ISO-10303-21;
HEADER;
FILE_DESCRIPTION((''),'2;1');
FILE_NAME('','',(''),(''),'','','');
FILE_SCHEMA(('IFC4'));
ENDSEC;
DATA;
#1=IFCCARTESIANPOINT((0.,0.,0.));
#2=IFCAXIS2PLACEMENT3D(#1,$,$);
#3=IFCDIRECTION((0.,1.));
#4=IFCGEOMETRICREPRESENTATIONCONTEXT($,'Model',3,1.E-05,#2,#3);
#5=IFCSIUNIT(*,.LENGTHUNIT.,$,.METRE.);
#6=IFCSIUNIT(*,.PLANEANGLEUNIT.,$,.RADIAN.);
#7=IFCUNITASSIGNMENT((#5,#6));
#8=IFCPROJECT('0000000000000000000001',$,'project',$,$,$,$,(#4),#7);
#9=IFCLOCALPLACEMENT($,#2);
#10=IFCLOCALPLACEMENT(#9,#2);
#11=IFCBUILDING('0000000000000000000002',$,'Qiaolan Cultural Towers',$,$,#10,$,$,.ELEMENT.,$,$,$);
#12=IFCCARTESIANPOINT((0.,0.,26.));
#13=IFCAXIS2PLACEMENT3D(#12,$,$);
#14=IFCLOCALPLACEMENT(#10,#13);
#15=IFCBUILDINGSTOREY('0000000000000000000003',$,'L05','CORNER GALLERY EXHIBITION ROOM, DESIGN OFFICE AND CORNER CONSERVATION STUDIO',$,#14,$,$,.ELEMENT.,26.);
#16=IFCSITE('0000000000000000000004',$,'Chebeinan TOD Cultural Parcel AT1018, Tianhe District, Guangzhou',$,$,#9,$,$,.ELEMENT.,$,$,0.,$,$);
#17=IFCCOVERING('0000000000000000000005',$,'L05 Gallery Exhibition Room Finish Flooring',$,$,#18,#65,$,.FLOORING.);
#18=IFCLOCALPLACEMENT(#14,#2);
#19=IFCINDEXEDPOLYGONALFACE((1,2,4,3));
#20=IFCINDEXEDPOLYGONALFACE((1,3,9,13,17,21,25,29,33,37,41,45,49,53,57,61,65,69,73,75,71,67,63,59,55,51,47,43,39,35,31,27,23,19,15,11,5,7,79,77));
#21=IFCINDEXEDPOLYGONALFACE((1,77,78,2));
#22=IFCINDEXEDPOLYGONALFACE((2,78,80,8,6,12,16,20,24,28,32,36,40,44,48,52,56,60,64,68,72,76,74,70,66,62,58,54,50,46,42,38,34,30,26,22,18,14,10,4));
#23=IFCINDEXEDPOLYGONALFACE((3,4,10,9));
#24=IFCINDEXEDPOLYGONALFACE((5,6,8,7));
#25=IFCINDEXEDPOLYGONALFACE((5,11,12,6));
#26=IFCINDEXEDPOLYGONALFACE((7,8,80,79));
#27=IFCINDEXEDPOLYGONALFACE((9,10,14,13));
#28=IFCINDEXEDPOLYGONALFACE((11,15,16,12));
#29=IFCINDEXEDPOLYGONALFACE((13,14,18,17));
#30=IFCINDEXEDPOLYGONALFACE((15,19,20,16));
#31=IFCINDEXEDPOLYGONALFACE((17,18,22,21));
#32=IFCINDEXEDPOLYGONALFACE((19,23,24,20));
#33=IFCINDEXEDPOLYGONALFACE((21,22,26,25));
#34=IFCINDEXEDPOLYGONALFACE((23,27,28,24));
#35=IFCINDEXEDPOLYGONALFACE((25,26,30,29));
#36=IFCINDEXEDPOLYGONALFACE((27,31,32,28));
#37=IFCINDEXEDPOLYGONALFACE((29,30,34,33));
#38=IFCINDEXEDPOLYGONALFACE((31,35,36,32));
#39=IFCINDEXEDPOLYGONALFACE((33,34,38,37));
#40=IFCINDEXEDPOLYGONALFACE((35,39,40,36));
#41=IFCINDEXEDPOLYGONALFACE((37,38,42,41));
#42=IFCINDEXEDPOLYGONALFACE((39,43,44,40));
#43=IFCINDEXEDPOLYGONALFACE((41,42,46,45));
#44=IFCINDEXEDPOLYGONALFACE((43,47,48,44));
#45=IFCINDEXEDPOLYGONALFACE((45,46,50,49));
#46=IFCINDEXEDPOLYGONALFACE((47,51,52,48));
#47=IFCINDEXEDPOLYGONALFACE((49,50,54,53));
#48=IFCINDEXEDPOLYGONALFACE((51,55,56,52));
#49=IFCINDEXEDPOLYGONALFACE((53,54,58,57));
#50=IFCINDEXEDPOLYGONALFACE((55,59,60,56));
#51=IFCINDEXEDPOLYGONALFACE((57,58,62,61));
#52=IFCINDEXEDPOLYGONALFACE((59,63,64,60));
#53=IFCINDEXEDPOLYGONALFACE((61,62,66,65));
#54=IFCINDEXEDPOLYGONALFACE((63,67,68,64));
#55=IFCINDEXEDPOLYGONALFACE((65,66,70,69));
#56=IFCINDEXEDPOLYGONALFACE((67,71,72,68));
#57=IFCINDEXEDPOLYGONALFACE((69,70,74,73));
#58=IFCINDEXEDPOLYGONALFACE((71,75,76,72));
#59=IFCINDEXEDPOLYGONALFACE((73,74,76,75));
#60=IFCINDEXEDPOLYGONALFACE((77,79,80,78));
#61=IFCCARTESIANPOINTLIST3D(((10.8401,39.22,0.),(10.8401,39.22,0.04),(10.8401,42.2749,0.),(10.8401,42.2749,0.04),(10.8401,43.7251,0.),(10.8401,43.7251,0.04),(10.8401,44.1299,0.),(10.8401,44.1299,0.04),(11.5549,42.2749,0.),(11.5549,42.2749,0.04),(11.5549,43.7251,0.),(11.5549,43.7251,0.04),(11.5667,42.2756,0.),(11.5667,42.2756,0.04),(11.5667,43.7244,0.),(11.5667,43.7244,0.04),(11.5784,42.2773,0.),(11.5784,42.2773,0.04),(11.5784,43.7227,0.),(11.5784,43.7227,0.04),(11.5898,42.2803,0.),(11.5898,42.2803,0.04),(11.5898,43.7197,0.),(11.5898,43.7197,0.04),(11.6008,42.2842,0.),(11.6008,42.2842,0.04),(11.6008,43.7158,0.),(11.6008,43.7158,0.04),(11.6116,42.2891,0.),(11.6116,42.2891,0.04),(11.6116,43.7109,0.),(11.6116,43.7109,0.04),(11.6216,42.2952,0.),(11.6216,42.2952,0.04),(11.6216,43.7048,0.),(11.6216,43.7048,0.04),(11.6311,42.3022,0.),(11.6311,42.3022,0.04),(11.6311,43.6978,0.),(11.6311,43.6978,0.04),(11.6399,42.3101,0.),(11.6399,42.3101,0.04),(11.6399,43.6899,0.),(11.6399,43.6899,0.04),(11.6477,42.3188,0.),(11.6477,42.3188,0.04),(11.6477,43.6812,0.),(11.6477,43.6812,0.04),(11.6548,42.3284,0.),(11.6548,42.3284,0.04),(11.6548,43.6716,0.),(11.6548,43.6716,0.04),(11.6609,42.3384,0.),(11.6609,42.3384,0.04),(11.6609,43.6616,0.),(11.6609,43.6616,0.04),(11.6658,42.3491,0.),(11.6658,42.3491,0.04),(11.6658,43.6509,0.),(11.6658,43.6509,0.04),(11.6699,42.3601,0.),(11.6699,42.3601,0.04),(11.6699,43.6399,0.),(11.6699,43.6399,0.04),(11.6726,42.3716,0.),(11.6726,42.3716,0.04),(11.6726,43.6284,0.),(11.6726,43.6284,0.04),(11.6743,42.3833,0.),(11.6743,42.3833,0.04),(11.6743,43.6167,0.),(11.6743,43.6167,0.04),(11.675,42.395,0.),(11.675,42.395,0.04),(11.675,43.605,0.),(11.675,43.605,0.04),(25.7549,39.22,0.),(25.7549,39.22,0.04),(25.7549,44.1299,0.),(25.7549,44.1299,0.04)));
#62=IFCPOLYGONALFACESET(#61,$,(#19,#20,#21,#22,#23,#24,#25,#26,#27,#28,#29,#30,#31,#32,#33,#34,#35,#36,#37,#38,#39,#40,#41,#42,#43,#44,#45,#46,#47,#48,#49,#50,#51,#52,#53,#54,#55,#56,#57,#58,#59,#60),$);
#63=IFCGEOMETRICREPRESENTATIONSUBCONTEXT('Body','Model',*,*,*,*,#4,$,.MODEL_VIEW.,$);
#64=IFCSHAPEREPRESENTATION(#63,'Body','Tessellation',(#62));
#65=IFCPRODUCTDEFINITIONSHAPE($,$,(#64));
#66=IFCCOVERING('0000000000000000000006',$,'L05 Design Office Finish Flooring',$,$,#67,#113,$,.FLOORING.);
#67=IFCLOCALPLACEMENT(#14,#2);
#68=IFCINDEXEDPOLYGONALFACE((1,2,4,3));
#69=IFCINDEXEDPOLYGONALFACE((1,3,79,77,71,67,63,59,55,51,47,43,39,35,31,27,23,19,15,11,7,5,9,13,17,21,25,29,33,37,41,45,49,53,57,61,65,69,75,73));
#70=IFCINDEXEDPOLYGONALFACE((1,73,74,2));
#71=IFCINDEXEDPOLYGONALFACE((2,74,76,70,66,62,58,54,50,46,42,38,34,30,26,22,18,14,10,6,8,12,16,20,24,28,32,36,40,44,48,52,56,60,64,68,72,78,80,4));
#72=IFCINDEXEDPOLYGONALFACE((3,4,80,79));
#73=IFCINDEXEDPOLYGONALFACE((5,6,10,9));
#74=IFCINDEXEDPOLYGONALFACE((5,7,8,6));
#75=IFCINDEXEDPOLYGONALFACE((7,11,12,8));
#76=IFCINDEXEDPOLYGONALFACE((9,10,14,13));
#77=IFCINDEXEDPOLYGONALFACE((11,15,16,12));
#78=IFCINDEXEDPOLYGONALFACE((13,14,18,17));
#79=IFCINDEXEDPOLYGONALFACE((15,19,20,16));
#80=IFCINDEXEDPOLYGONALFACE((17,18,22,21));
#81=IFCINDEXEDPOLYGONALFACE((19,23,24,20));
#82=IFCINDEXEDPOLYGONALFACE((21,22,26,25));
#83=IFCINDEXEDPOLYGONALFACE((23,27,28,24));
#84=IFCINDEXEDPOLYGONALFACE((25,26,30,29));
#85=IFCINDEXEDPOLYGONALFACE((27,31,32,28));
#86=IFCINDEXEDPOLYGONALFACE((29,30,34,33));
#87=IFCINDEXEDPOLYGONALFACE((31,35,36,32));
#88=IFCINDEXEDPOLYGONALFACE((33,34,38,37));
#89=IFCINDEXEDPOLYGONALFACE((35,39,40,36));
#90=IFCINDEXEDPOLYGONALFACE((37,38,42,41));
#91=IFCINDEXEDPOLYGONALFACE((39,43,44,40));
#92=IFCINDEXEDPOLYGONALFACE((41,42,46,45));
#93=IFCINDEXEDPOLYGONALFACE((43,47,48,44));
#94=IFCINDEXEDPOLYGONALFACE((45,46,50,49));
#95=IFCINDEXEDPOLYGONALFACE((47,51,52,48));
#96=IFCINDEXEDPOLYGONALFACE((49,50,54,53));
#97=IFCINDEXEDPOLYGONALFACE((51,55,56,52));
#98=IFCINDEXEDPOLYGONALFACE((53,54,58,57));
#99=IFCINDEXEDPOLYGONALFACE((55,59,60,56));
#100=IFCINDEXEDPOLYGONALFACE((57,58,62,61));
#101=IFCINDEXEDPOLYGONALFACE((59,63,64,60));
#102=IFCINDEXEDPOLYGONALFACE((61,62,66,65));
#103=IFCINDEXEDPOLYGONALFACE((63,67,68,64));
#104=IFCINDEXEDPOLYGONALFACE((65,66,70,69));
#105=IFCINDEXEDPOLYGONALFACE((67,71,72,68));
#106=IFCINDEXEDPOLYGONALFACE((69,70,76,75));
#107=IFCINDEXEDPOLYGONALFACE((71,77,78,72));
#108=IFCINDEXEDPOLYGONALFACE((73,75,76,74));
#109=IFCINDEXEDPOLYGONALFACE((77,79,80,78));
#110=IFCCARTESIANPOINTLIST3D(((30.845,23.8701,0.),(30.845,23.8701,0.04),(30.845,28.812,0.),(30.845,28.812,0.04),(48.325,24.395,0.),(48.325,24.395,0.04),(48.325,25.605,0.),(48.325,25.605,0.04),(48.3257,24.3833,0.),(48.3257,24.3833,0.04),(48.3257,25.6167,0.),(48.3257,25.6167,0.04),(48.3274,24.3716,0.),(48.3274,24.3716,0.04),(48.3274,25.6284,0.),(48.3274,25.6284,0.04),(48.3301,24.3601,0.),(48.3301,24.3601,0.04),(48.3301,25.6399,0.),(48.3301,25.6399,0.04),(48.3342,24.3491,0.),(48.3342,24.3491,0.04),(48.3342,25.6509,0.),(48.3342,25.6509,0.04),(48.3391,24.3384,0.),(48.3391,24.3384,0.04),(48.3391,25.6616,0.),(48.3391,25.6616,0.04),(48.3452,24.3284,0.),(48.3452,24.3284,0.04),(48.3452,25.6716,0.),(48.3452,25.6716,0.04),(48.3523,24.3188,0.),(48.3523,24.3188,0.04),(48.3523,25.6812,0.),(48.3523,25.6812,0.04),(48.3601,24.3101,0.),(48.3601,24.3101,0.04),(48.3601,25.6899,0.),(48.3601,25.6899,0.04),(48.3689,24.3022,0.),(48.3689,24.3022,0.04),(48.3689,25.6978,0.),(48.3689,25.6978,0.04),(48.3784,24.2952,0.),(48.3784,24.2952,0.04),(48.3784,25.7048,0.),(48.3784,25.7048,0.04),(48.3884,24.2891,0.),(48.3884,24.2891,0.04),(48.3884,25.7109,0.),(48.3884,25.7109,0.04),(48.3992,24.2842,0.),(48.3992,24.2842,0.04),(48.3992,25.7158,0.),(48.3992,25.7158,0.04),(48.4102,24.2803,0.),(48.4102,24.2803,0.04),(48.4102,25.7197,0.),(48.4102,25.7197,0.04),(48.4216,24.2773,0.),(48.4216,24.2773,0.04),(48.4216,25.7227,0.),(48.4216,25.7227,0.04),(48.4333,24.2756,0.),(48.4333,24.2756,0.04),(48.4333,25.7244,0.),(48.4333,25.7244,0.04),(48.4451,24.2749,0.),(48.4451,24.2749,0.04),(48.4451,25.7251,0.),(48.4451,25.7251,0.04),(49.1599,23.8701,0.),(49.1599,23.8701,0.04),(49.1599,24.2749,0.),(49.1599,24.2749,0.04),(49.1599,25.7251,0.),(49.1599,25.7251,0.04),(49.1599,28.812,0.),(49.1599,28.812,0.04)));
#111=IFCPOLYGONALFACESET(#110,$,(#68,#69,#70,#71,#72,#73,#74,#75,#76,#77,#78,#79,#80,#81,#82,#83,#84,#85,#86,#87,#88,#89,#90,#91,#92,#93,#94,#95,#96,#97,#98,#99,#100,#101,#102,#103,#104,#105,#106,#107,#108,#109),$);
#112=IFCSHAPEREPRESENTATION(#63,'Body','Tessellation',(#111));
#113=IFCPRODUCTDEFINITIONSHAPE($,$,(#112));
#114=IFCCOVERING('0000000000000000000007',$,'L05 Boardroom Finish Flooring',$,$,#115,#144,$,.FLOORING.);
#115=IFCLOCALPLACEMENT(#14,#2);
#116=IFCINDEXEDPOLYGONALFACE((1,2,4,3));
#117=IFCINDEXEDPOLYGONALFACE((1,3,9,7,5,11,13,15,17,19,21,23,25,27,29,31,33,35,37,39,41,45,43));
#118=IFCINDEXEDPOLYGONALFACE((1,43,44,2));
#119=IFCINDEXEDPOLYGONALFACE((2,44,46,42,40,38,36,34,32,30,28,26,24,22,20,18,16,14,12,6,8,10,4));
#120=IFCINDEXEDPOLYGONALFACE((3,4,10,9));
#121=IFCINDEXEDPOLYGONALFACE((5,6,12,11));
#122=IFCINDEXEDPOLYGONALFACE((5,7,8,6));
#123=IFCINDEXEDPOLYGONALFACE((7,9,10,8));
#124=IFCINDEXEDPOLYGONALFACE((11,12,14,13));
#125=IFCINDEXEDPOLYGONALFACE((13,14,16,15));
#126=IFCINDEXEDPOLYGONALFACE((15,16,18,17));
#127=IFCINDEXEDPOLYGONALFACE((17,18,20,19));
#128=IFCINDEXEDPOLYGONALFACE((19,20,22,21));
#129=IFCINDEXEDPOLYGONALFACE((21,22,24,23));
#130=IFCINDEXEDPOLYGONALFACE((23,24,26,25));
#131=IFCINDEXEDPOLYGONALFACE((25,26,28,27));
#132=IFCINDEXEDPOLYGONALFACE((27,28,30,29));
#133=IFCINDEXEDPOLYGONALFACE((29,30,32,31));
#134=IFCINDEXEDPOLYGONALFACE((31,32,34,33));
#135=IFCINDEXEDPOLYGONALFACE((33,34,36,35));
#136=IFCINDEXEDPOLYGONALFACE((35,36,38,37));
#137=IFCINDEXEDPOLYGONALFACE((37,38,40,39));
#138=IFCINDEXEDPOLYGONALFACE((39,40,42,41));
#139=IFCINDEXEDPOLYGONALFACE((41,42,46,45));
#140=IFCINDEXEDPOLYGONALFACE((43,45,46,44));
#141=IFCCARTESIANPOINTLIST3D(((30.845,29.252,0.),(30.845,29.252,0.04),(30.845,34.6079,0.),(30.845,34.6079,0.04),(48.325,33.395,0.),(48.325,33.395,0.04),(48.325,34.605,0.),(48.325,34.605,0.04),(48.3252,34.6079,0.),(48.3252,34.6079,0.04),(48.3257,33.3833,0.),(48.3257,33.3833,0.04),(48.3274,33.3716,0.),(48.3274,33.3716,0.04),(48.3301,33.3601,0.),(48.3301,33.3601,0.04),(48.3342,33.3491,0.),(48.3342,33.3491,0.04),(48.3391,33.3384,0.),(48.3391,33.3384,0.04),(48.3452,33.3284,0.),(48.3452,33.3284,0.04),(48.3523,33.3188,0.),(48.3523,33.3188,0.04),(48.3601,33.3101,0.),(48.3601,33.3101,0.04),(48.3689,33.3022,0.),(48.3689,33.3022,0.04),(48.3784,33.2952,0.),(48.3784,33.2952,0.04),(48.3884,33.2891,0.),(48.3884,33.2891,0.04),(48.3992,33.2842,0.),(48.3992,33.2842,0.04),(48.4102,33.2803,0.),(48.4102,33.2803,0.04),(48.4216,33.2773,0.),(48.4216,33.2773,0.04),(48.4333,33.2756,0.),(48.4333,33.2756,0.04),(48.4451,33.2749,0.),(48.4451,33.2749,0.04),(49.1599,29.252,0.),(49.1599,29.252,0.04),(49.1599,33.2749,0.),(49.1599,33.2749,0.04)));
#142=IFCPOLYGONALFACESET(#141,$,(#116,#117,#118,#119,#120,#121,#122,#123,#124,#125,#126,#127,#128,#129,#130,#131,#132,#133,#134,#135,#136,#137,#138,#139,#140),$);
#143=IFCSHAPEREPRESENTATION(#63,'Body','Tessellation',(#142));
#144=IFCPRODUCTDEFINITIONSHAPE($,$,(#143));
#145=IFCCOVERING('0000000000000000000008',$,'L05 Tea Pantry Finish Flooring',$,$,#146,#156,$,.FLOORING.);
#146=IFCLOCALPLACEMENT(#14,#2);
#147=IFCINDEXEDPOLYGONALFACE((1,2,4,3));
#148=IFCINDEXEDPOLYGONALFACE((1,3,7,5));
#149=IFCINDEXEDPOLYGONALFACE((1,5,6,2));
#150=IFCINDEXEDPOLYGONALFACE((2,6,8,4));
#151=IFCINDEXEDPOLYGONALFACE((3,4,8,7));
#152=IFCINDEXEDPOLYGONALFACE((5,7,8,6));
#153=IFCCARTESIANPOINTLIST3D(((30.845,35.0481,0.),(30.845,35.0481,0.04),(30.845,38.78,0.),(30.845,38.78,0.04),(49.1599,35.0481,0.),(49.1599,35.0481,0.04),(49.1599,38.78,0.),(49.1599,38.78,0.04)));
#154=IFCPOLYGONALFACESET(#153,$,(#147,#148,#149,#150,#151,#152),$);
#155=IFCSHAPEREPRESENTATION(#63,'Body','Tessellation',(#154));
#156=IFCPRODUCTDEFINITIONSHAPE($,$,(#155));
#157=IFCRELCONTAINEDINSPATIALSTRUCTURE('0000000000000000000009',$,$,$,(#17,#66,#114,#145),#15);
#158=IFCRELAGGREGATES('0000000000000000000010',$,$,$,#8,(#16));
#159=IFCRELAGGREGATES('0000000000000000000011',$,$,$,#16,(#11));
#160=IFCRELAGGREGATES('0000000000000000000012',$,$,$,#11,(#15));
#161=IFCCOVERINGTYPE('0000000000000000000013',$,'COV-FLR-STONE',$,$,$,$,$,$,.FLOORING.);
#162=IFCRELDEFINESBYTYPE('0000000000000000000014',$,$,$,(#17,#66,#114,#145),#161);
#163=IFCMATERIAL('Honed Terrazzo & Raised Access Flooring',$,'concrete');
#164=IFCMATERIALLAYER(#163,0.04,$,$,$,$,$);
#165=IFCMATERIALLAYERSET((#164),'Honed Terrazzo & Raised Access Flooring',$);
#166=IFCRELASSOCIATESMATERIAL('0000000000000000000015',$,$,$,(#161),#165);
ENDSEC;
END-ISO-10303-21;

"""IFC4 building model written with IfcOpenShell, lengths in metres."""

from ifc_helpers import new_model, si_unit, direction, frame, origin, place, context, subcontext, project, spatial, polyline, outline, extrude, material, layer, layer_set, type_object, element, save


model = new_model("IFC4")

# Units and contexts
model_context = context("Model", 3, precision=1e-05, world=origin(), true_north=direction((0.0, 1.0)))
body_context = subcontext(model_context, "Body", "Model", "MODEL_VIEW")
ifc_project = project(units=[si_unit("LENGTHUNIT", "METRE"), si_unit("PLANEANGLEUNIT", "RADIAN")], contexts=[model_context])

# Site, building, storey
site_placement = place(None, origin())
site = spatial("IfcSite", under=ifc_project, at=site_placement, Name="Chebeinan TOD Cultural Parcel AT1018, Tianhe District, Guangzhou", CompositionType="ELEMENT", RefElevation=0.0)
building_placement = place(site_placement, origin())
building = spatial("IfcBuilding", under=site, at=building_placement, Name="Qiaolan Cultural Towers", CompositionType="ELEMENT")
storey_placement = place(building_placement, frame((0.0, 0.0, 26.0)))
storey = spatial("IfcBuildingStorey", under=building, at=storey_placement, Name="L05", Description="CORNER GALLERY EXHIBITION ROOM, DESIGN OFFICE AND CORNER CONSERVATION STUDIO", CompositionType="ELEMENT", Elevation=26.0)

# Coverings
ifc_material_1 = material(Name="Honed Terrazzo & Raised Access Flooring", Category="concrete")
ifc_layer_1 = layer(ifc_material_1, 0.04)
ifc_layer_set_1 = layer_set([ifc_layer_1], Name="Honed Terrazzo & Raised Access Flooring")
covering_type = type_object("IfcCoveringType", Name="COV-FLR-STONE", PredefinedType="FLOORING", material=ifc_layer_set_1)
covering_1_placement = place(storey_placement, origin())
element("IfcCovering", 1, at=covering_1_placement, inside=storey, type_object=covering_type, Name="L05 Gallery Exhibition Room Finish Flooring", PredefinedType="FLOORING", context=body_context, shape_type="SweptSolid", body=[
    extrude(outline(polyline([(10.8401, 43.7251), (11.5549, 43.7251), (11.5667, 43.7244), (11.5784, 43.7227), (11.5898, 43.7197), (11.6008, 43.7158), (11.6116, 43.7109), (11.6216, 43.7048), (11.6311, 43.6978), (11.6399, 43.6899), (11.6477, 43.6812), (11.6548, 43.6716), (11.6609, 43.6616), (11.6658, 43.6509), (11.6699, 43.6399), (11.6726, 43.6284), (11.6743, 43.6167), (11.675, 43.605), (11.675, 42.395), (11.6743, 42.3833), (11.6726, 42.3716), (11.6699, 42.3601), (11.6658, 42.3491), (11.6609, 42.3384), (11.6548, 42.3284), (11.6477, 42.3188), (11.6399, 42.3101), (11.6311, 42.3022), (11.6216, 42.2952), (11.6116, 42.2891), (11.6008, 42.2842), (11.5898, 42.2803), (11.5784, 42.2773), (11.5667, 42.2756), (11.5549, 42.2749), (10.8401, 42.2749), (10.8401, 39.22), (25.7549, 39.22), (25.7549, 44.1299), (10.8401, 44.1299), (10.8401, 43.7251)])), origin(), (0.0, 0.0, 1.0), 0.04),
])
covering_2_placement = place(storey_placement, origin())
element("IfcCovering", 2, at=covering_2_placement, inside=storey, type_object=covering_type, Name="L05 Design Office Finish Flooring", PredefinedType="FLOORING", context=body_context, shape_type="SweptSolid", body=[
    extrude(outline(polyline([(49.1599, 24.2749), (48.4451, 24.2749), (48.4333, 24.2756), (48.4216, 24.2773), (48.4102, 24.2803), (48.3992, 24.2842), (48.3884, 24.2891), (48.3784, 24.2952), (48.3689, 24.3022), (48.3601, 24.3101), (48.3523, 24.3188), (48.3452, 24.3284), (48.3391, 24.3384), (48.3342, 24.3491), (48.3301, 24.3601), (48.3274, 24.3716), (48.3257, 24.3833), (48.325, 24.395), (48.325, 25.605), (48.3257, 25.6167), (48.3274, 25.6284), (48.3301, 25.6399), (48.3342, 25.6509), (48.3391, 25.6616), (48.3452, 25.6716), (48.3523, 25.6812), (48.3601, 25.6899), (48.3689, 25.6978), (48.3784, 25.7048), (48.3884, 25.7109), (48.3992, 25.7158), (48.4102, 25.7197), (48.4216, 25.7227), (48.4333, 25.7244), (48.4451, 25.7251), (49.1599, 25.7251), (49.1599, 28.812), (30.845, 28.812), (30.845, 23.8701), (49.1599, 23.8701), (49.1599, 24.2749)])), origin(), (0.0, 0.0, 1.0), 0.04),
])
covering_3_placement = place(storey_placement, origin())
element("IfcCovering", 3, at=covering_3_placement, inside=storey, type_object=covering_type, Name="L05 Boardroom Finish Flooring", PredefinedType="FLOORING", context=body_context, shape_type="SweptSolid", body=[
    extrude(outline(polyline([(30.845, 34.6079), (30.845, 29.252), (49.1599, 29.252), (49.1599, 33.2749), (48.4451, 33.2749), (48.4333, 33.2756), (48.4216, 33.2773), (48.4102, 33.2803), (48.3992, 33.2842), (48.3884, 33.2891), (48.3784, 33.2952), (48.3689, 33.3022), (48.3601, 33.3101), (48.3523, 33.3188), (48.3452, 33.3284), (48.3391, 33.3384), (48.3342, 33.3491), (48.3301, 33.3601), (48.3274, 33.3716), (48.3257, 33.3833), (48.325, 33.395), (48.325, 34.605), (48.3252, 34.6079), (30.845, 34.6079)])), origin(), (0.0, 0.0, 1.0), 0.04),
])
covering_4_placement = place(storey_placement, origin())
element("IfcCovering", 4, at=covering_4_placement, inside=storey, type_object=covering_type, Name="L05 Tea Pantry Finish Flooring", PredefinedType="FLOORING", context=body_context, shape_type="SweptSolid", body=[
    extrude(outline(polyline([(49.1599, 35.0481), (49.1599, 38.78), (30.845, 38.78), (30.845, 35.0481), (49.1599, 35.0481)])), origin(), (0.0, 0.0, 1.0), 0.04),
])

save(model, "model.ifc")
